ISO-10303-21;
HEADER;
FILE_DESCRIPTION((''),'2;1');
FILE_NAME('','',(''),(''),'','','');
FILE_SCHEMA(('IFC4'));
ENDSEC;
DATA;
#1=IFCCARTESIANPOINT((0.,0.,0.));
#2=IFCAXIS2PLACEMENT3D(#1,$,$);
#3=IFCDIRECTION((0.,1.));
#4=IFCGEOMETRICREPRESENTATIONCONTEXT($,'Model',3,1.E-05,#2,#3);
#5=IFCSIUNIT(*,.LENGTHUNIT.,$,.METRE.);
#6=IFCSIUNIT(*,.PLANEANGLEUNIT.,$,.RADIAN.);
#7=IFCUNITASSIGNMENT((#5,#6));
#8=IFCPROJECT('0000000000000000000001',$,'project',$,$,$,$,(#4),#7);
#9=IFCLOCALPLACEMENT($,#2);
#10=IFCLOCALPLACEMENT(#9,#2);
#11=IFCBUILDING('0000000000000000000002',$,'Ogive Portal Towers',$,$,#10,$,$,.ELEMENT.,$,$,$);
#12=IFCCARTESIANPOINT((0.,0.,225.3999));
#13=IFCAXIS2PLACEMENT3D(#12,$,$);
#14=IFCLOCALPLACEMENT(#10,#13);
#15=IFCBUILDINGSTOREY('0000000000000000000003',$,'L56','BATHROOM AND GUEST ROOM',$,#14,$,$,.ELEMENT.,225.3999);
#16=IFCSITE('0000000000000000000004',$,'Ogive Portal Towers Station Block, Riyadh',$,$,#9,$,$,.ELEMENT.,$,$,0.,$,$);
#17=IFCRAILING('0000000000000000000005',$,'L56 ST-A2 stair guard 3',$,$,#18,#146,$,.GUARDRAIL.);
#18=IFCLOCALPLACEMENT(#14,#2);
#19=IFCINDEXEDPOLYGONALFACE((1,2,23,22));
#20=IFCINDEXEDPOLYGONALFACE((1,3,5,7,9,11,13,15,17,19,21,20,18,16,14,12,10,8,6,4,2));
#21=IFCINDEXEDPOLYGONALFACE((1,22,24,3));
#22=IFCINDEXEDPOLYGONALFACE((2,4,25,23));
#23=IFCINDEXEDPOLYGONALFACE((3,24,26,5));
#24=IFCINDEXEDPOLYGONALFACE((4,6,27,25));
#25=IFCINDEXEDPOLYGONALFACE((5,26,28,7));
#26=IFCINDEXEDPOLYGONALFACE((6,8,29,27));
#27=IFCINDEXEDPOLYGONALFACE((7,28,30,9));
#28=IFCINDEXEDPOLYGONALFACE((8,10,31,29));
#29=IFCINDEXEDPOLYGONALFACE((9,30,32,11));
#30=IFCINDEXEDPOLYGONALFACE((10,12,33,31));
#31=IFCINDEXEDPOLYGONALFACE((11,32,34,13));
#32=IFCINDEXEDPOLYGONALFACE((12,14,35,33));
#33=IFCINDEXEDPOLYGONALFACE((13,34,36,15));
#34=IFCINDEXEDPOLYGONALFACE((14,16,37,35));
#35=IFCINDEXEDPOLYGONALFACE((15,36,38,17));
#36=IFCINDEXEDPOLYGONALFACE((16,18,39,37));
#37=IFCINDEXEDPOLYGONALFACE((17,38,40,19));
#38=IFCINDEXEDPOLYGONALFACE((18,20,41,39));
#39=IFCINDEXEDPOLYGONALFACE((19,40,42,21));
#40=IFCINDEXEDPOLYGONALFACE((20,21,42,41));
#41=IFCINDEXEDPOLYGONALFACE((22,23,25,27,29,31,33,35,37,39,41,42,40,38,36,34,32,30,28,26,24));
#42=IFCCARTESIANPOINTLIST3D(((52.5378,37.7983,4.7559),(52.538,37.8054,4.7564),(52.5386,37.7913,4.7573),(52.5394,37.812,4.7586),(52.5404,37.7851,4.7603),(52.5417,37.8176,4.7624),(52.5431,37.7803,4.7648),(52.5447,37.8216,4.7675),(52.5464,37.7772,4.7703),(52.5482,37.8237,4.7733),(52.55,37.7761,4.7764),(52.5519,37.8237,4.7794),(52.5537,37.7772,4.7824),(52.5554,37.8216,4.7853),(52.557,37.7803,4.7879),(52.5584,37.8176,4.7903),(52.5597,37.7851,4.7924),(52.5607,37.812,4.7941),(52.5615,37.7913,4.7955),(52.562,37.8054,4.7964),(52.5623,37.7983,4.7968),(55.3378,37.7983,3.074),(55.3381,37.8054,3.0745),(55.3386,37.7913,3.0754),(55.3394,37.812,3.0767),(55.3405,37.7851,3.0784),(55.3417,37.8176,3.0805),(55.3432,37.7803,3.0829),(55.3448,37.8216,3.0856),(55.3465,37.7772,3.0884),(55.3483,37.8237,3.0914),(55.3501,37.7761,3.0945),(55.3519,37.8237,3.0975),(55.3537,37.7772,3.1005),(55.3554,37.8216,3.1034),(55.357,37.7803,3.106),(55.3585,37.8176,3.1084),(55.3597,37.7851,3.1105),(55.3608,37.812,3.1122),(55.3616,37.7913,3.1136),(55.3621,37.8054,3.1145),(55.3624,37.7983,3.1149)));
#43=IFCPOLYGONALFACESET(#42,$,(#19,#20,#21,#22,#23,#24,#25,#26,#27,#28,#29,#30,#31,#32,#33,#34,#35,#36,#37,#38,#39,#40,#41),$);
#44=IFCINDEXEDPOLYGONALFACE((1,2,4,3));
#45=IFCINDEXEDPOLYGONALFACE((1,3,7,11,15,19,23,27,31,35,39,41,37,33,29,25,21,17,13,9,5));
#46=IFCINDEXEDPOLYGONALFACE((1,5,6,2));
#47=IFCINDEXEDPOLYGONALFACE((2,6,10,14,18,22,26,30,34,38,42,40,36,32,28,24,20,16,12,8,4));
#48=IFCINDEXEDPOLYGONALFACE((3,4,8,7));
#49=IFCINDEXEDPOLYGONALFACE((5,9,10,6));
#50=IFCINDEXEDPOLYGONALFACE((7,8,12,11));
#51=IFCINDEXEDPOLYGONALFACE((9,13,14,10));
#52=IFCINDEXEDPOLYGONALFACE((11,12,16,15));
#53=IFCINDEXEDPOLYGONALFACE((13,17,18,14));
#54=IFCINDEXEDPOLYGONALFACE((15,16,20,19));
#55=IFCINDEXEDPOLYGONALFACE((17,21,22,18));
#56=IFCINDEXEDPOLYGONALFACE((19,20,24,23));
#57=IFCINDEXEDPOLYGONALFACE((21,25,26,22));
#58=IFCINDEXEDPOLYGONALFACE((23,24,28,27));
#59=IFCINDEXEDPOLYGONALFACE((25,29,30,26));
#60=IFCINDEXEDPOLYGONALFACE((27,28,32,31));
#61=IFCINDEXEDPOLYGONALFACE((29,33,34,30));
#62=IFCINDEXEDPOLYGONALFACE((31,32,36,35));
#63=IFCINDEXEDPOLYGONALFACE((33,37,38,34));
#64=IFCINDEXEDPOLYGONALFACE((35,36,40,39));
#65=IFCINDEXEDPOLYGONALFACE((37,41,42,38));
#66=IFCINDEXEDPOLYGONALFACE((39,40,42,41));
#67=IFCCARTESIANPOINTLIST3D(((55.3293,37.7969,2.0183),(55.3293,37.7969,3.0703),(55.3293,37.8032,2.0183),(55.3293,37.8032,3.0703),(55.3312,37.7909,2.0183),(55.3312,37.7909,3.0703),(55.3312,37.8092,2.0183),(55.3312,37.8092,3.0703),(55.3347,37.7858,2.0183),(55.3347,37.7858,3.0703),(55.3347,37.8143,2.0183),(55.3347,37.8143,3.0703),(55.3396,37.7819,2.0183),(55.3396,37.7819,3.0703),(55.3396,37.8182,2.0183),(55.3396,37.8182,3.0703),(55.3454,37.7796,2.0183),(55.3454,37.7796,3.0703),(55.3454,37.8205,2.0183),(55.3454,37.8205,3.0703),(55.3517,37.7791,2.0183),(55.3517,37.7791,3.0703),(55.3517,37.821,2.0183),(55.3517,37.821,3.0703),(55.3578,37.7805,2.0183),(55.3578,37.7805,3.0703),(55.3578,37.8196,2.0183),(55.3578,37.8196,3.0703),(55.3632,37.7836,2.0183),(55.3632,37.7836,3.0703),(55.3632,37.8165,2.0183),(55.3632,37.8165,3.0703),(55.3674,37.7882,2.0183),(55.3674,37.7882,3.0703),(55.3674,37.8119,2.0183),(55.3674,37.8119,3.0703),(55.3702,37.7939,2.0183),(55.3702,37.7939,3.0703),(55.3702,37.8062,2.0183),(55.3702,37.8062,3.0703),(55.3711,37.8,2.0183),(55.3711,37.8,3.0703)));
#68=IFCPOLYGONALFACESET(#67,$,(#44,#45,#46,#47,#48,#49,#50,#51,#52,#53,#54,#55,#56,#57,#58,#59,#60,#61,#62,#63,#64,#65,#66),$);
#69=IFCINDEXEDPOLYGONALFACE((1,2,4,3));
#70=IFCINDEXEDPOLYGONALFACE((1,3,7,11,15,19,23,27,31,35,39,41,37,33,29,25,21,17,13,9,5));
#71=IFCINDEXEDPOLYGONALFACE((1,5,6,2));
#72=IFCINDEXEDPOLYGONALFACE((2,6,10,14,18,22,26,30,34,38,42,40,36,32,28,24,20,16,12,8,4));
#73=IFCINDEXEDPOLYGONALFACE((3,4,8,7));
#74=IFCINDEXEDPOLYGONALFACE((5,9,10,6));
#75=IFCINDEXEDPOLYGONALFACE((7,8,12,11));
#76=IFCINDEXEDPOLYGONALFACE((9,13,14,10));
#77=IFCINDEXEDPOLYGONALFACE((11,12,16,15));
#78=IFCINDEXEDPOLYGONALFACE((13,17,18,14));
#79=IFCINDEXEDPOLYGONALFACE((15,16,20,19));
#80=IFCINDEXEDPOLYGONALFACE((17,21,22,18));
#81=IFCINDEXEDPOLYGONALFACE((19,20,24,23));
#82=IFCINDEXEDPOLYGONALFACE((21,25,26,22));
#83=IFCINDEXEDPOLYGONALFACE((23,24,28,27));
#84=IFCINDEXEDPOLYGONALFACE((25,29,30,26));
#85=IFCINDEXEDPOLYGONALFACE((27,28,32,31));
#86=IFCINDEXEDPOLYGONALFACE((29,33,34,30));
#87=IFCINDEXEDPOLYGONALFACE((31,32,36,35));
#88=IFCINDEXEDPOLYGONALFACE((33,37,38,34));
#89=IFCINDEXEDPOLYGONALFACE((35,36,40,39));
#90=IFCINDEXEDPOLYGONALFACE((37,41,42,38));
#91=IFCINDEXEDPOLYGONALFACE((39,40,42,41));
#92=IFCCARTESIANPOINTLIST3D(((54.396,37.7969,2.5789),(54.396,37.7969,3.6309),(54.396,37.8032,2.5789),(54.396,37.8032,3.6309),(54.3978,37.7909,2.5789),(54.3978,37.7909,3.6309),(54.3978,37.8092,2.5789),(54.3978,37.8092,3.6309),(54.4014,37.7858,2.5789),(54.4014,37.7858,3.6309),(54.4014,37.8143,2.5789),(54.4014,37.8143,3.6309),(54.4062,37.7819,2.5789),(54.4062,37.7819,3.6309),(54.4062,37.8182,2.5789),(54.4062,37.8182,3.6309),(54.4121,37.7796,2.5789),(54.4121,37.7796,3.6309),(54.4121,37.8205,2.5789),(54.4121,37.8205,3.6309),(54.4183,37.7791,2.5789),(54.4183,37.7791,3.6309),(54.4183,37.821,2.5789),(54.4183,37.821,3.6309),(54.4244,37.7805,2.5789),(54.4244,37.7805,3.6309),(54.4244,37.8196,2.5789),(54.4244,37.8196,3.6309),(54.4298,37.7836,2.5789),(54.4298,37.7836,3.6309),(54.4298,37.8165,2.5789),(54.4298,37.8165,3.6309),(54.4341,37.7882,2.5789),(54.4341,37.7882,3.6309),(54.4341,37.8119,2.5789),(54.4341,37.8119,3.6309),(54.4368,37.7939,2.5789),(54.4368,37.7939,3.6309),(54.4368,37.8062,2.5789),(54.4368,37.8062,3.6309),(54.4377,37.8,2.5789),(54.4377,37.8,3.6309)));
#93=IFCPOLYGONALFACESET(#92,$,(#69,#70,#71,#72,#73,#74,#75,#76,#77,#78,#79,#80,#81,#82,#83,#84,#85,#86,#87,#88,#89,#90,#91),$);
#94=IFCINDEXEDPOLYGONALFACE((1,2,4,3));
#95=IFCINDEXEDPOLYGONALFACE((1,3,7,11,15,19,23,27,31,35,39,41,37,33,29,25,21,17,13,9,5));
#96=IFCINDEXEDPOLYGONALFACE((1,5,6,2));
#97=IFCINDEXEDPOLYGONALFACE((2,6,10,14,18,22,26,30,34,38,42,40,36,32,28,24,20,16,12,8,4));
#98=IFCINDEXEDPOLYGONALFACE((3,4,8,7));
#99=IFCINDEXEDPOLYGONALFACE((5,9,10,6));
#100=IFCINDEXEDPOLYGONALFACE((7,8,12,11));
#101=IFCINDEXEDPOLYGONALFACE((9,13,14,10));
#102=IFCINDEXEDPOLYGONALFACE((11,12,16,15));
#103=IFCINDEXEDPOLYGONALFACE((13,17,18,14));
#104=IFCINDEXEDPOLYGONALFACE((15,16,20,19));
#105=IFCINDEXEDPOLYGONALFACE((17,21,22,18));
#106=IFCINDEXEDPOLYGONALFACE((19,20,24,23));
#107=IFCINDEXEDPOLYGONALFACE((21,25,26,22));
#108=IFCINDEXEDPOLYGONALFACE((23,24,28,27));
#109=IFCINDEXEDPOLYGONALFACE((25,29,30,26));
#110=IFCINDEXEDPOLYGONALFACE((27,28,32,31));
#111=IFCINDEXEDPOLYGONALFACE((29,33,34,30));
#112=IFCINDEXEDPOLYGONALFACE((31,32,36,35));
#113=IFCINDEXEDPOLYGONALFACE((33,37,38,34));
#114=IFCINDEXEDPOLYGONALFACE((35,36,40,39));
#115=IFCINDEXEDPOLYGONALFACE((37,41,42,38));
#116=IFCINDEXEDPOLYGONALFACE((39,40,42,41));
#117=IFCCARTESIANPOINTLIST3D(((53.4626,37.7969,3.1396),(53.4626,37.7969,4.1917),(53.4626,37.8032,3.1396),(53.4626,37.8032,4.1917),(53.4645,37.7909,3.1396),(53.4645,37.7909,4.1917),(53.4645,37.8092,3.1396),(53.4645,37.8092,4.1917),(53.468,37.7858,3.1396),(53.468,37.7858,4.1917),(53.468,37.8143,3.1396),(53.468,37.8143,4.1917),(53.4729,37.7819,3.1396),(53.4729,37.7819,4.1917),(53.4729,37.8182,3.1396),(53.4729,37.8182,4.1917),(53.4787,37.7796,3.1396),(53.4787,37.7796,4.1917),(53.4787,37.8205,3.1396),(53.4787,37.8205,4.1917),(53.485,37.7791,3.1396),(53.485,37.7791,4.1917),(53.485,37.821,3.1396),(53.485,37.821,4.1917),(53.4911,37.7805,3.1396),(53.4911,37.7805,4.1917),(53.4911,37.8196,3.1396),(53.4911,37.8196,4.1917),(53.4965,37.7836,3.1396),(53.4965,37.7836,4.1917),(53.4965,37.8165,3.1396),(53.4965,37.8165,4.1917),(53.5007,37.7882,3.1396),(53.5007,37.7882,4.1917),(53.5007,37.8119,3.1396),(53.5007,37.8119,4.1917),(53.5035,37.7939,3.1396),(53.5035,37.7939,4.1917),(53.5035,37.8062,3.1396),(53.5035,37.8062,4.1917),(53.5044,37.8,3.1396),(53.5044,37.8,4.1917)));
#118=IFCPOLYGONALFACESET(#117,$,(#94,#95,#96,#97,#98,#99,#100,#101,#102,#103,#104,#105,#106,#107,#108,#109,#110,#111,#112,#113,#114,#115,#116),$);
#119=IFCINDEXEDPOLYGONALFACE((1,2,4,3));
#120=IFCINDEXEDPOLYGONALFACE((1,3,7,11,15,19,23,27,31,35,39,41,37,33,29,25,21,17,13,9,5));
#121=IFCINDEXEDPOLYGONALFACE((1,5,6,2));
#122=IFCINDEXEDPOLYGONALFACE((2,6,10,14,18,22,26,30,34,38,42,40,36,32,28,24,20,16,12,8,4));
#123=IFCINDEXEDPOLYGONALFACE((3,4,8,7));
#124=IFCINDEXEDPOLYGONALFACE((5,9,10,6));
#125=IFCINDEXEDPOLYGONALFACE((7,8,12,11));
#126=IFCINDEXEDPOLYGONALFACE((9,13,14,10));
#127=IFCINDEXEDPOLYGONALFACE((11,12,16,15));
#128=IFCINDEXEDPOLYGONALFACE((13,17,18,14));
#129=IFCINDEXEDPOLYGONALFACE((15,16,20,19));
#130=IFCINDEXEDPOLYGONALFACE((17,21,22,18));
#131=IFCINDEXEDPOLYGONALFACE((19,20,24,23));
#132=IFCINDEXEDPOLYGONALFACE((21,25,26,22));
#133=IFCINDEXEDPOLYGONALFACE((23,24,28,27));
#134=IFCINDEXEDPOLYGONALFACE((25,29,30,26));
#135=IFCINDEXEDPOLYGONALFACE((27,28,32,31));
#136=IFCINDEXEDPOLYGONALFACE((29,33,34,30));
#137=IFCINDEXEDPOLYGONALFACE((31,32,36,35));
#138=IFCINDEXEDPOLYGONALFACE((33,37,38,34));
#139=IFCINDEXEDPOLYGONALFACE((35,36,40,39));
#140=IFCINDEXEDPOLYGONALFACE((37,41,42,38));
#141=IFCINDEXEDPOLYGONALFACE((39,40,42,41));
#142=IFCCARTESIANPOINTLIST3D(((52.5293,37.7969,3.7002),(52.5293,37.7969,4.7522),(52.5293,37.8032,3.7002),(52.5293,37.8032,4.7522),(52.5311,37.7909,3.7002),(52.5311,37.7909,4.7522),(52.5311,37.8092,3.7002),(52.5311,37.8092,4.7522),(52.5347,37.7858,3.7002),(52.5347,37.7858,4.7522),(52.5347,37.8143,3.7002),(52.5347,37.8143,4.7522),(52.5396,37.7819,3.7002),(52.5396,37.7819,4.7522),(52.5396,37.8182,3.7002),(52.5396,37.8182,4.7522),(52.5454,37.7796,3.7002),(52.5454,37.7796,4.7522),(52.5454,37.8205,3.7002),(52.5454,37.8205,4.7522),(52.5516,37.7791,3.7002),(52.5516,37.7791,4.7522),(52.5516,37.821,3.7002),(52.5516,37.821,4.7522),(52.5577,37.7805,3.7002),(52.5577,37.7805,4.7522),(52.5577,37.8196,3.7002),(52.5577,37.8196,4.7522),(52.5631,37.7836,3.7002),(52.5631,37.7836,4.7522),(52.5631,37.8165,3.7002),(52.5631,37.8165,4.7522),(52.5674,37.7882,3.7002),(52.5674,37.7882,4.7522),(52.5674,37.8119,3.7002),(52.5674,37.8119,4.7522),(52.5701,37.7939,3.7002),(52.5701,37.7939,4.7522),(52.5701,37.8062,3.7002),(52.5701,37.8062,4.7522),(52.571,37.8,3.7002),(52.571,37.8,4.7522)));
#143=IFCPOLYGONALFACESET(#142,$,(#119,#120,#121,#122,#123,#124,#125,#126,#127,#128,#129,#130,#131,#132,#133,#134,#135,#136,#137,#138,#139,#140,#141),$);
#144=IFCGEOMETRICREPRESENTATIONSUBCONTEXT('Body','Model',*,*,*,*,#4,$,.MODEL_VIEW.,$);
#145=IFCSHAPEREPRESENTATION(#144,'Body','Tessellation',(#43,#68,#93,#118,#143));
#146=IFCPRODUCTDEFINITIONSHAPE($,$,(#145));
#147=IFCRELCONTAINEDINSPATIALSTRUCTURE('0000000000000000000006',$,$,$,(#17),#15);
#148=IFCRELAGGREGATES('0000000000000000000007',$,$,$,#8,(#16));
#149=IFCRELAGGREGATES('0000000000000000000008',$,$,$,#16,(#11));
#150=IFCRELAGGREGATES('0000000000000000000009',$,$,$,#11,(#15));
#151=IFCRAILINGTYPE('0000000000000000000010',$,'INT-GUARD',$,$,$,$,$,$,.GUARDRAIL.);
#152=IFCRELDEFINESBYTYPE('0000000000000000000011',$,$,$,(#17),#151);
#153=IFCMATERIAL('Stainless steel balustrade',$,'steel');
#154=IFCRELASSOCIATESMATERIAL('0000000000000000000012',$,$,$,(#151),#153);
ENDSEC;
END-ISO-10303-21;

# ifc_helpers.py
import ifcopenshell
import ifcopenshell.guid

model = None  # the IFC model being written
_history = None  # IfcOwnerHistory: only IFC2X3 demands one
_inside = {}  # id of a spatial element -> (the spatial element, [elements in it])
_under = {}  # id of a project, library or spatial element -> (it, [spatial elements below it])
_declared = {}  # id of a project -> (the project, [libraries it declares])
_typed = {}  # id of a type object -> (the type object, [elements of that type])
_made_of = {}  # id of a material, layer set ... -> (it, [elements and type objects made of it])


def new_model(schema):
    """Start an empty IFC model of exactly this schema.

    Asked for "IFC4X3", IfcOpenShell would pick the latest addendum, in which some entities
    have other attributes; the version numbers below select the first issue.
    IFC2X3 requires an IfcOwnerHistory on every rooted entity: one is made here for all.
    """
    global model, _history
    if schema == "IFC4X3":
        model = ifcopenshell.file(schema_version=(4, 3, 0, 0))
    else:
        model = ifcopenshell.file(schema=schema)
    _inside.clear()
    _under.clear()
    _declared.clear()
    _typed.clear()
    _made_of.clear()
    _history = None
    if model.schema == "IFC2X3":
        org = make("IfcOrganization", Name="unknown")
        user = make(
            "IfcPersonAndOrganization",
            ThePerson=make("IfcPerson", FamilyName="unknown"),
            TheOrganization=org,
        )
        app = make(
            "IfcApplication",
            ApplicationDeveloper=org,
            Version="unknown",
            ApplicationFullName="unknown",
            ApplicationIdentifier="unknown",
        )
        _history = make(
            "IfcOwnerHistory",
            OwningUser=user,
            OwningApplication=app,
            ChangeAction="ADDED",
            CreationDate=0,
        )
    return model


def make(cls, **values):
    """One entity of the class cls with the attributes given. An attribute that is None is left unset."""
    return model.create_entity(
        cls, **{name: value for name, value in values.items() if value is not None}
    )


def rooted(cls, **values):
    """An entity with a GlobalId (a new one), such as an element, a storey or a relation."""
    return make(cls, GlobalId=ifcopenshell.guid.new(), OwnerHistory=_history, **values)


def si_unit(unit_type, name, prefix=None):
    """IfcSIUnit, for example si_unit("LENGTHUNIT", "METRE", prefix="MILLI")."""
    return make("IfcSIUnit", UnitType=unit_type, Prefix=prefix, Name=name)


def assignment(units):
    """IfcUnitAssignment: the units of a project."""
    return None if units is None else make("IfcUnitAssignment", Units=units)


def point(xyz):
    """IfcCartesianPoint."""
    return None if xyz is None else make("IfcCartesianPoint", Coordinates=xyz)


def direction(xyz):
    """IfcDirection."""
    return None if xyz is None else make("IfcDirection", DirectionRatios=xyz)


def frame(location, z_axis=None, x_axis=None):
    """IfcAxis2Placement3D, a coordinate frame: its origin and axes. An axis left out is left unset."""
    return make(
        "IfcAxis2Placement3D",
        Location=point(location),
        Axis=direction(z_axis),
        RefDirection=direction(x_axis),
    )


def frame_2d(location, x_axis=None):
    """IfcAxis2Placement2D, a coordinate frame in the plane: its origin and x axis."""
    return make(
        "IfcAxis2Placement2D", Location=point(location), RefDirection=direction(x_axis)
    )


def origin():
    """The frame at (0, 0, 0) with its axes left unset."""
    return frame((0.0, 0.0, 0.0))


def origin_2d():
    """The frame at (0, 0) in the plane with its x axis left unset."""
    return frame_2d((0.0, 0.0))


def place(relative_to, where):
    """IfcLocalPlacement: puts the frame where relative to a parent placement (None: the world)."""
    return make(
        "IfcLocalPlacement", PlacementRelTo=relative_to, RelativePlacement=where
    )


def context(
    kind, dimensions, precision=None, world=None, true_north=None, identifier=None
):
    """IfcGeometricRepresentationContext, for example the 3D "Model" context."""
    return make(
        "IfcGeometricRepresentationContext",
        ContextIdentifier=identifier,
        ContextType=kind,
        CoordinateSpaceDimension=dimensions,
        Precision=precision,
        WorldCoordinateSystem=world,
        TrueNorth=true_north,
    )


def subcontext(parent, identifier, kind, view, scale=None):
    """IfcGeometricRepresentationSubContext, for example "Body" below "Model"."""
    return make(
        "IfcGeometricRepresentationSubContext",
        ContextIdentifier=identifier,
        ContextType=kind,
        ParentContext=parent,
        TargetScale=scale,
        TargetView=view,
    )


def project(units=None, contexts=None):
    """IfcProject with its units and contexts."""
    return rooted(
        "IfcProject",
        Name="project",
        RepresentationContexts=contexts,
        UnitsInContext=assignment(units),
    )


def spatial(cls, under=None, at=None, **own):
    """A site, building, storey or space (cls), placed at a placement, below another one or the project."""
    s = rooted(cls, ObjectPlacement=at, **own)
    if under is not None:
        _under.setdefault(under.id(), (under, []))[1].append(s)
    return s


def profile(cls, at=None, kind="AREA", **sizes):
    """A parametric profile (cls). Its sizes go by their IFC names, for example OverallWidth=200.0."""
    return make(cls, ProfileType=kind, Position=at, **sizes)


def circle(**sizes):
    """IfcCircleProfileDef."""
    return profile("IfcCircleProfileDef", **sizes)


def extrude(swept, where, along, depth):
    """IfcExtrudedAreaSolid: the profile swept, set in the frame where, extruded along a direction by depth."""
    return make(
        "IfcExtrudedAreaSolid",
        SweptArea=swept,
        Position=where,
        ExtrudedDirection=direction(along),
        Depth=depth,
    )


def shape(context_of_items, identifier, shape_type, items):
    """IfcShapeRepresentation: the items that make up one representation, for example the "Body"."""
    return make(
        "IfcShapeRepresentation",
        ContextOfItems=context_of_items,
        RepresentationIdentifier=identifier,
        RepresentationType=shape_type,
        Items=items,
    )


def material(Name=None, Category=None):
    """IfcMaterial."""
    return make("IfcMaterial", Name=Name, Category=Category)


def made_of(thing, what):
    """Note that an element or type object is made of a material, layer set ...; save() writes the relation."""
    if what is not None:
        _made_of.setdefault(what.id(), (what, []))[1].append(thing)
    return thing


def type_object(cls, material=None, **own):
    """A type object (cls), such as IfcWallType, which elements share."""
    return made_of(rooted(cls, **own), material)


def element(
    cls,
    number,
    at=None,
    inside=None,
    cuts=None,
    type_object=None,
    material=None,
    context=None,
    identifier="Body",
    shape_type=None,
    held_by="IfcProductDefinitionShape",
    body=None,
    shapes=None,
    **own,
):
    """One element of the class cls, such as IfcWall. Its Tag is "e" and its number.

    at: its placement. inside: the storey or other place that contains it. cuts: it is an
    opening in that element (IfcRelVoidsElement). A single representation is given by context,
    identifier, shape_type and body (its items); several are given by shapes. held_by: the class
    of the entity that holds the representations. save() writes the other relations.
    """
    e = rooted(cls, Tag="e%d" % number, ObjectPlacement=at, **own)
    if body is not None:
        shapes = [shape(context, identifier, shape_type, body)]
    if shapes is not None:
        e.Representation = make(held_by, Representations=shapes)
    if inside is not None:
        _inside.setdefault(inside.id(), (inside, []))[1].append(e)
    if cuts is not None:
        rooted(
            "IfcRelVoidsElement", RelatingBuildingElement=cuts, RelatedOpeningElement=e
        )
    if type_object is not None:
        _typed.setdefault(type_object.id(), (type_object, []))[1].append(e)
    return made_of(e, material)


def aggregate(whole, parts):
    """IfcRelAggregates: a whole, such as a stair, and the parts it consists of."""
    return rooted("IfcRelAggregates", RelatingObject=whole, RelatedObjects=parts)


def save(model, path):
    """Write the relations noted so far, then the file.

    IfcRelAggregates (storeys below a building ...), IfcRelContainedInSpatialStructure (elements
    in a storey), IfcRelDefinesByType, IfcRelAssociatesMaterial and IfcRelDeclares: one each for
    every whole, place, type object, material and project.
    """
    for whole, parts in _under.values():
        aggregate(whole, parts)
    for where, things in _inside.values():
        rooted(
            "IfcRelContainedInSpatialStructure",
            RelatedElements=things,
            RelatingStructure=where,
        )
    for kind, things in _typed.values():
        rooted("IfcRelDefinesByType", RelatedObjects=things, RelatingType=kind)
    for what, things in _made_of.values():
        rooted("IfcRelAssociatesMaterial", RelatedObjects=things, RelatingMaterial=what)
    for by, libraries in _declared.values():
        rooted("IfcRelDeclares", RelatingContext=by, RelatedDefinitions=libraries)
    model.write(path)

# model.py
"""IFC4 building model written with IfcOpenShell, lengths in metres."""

from ifc_helpers import new_model, si_unit, direction, frame, origin, origin_2d, place, context, subcontext, project, spatial, circle, extrude, material, type_object, element, save


model = new_model("IFC4")

# Units and contexts
model_context = context("Model", 3, precision=1e-05, world=origin(), true_north=direction((0.0, 1.0)))
body_context = subcontext(model_context, "Body", "Model", "MODEL_VIEW")
ifc_project = project(units=[si_unit("LENGTHUNIT", "METRE"), si_unit("PLANEANGLEUNIT", "RADIAN")], contexts=[model_context])

# Site, building, storey
site_placement = place(None, origin())
site = spatial("IfcSite", under=ifc_project, at=site_placement, Name="Ogive Portal Towers Station Block, Riyadh", CompositionType="ELEMENT", RefElevation=0.0)
building_placement = place(site_placement, origin())
building = spatial("IfcBuilding", under=site, at=building_placement, Name="Ogive Portal Towers", CompositionType="ELEMENT")
storey_placement = place(building_placement, frame((0.0, 0.0, 225.3999)))
storey = spatial("IfcBuildingStorey", under=building, at=storey_placement, Name="L56", Description="BATHROOM AND GUEST ROOM", CompositionType="ELEMENT", Elevation=225.3999)

# Railing
ifc_material_1 = material(Name="Stainless steel balustrade", Category="steel")
railing_type_1 = type_object("IfcRailingType", Name="INT-GUARD", PredefinedType="GUARDRAIL", material=ifc_material_1)
railing_1_placement = place(storey_placement, frame((55.3501, 37.8, 2.0183)))
element("IfcRailing", 1, at=railing_1_placement, inside=storey, type_object=railing_type_1, Name="L56 ST-A2 stair guard 3", PredefinedType="GUARDRAIL", context=body_context, shape_type="SweptSolid", body=[
    extrude(circle(Radius=0.0239, at=origin_2d()), frame((0.0, 0.0, 1.0762), z_axis=(-0.857242, 0.0, 0.514913), x_axis=(0.0, -1.0, 0.0)), (0.0, 0.0, 1.0), 3.2664),
    extrude(circle(Radius=0.021, at=origin_2d()), origin(), (0.0, 0.0, 1.0), 1.052),
    extrude(circle(Radius=0.021, at=origin_2d()), frame((-0.9333, 0.0, 0.5605)), (0.0, 0.0, 1.0), 1.052),
    extrude(circle(Radius=0.021, at=origin_2d()), frame((-1.8667, 0.0, 1.1213)), (0.0, 0.0, 1.0), 1.052),
    extrude(circle(Radius=0.021, at=origin_2d()), frame((-2.8, 0.0, 1.6819)), (0.0, 0.0, 1.0), 1.052),
])

save(model, "model.ifc")
